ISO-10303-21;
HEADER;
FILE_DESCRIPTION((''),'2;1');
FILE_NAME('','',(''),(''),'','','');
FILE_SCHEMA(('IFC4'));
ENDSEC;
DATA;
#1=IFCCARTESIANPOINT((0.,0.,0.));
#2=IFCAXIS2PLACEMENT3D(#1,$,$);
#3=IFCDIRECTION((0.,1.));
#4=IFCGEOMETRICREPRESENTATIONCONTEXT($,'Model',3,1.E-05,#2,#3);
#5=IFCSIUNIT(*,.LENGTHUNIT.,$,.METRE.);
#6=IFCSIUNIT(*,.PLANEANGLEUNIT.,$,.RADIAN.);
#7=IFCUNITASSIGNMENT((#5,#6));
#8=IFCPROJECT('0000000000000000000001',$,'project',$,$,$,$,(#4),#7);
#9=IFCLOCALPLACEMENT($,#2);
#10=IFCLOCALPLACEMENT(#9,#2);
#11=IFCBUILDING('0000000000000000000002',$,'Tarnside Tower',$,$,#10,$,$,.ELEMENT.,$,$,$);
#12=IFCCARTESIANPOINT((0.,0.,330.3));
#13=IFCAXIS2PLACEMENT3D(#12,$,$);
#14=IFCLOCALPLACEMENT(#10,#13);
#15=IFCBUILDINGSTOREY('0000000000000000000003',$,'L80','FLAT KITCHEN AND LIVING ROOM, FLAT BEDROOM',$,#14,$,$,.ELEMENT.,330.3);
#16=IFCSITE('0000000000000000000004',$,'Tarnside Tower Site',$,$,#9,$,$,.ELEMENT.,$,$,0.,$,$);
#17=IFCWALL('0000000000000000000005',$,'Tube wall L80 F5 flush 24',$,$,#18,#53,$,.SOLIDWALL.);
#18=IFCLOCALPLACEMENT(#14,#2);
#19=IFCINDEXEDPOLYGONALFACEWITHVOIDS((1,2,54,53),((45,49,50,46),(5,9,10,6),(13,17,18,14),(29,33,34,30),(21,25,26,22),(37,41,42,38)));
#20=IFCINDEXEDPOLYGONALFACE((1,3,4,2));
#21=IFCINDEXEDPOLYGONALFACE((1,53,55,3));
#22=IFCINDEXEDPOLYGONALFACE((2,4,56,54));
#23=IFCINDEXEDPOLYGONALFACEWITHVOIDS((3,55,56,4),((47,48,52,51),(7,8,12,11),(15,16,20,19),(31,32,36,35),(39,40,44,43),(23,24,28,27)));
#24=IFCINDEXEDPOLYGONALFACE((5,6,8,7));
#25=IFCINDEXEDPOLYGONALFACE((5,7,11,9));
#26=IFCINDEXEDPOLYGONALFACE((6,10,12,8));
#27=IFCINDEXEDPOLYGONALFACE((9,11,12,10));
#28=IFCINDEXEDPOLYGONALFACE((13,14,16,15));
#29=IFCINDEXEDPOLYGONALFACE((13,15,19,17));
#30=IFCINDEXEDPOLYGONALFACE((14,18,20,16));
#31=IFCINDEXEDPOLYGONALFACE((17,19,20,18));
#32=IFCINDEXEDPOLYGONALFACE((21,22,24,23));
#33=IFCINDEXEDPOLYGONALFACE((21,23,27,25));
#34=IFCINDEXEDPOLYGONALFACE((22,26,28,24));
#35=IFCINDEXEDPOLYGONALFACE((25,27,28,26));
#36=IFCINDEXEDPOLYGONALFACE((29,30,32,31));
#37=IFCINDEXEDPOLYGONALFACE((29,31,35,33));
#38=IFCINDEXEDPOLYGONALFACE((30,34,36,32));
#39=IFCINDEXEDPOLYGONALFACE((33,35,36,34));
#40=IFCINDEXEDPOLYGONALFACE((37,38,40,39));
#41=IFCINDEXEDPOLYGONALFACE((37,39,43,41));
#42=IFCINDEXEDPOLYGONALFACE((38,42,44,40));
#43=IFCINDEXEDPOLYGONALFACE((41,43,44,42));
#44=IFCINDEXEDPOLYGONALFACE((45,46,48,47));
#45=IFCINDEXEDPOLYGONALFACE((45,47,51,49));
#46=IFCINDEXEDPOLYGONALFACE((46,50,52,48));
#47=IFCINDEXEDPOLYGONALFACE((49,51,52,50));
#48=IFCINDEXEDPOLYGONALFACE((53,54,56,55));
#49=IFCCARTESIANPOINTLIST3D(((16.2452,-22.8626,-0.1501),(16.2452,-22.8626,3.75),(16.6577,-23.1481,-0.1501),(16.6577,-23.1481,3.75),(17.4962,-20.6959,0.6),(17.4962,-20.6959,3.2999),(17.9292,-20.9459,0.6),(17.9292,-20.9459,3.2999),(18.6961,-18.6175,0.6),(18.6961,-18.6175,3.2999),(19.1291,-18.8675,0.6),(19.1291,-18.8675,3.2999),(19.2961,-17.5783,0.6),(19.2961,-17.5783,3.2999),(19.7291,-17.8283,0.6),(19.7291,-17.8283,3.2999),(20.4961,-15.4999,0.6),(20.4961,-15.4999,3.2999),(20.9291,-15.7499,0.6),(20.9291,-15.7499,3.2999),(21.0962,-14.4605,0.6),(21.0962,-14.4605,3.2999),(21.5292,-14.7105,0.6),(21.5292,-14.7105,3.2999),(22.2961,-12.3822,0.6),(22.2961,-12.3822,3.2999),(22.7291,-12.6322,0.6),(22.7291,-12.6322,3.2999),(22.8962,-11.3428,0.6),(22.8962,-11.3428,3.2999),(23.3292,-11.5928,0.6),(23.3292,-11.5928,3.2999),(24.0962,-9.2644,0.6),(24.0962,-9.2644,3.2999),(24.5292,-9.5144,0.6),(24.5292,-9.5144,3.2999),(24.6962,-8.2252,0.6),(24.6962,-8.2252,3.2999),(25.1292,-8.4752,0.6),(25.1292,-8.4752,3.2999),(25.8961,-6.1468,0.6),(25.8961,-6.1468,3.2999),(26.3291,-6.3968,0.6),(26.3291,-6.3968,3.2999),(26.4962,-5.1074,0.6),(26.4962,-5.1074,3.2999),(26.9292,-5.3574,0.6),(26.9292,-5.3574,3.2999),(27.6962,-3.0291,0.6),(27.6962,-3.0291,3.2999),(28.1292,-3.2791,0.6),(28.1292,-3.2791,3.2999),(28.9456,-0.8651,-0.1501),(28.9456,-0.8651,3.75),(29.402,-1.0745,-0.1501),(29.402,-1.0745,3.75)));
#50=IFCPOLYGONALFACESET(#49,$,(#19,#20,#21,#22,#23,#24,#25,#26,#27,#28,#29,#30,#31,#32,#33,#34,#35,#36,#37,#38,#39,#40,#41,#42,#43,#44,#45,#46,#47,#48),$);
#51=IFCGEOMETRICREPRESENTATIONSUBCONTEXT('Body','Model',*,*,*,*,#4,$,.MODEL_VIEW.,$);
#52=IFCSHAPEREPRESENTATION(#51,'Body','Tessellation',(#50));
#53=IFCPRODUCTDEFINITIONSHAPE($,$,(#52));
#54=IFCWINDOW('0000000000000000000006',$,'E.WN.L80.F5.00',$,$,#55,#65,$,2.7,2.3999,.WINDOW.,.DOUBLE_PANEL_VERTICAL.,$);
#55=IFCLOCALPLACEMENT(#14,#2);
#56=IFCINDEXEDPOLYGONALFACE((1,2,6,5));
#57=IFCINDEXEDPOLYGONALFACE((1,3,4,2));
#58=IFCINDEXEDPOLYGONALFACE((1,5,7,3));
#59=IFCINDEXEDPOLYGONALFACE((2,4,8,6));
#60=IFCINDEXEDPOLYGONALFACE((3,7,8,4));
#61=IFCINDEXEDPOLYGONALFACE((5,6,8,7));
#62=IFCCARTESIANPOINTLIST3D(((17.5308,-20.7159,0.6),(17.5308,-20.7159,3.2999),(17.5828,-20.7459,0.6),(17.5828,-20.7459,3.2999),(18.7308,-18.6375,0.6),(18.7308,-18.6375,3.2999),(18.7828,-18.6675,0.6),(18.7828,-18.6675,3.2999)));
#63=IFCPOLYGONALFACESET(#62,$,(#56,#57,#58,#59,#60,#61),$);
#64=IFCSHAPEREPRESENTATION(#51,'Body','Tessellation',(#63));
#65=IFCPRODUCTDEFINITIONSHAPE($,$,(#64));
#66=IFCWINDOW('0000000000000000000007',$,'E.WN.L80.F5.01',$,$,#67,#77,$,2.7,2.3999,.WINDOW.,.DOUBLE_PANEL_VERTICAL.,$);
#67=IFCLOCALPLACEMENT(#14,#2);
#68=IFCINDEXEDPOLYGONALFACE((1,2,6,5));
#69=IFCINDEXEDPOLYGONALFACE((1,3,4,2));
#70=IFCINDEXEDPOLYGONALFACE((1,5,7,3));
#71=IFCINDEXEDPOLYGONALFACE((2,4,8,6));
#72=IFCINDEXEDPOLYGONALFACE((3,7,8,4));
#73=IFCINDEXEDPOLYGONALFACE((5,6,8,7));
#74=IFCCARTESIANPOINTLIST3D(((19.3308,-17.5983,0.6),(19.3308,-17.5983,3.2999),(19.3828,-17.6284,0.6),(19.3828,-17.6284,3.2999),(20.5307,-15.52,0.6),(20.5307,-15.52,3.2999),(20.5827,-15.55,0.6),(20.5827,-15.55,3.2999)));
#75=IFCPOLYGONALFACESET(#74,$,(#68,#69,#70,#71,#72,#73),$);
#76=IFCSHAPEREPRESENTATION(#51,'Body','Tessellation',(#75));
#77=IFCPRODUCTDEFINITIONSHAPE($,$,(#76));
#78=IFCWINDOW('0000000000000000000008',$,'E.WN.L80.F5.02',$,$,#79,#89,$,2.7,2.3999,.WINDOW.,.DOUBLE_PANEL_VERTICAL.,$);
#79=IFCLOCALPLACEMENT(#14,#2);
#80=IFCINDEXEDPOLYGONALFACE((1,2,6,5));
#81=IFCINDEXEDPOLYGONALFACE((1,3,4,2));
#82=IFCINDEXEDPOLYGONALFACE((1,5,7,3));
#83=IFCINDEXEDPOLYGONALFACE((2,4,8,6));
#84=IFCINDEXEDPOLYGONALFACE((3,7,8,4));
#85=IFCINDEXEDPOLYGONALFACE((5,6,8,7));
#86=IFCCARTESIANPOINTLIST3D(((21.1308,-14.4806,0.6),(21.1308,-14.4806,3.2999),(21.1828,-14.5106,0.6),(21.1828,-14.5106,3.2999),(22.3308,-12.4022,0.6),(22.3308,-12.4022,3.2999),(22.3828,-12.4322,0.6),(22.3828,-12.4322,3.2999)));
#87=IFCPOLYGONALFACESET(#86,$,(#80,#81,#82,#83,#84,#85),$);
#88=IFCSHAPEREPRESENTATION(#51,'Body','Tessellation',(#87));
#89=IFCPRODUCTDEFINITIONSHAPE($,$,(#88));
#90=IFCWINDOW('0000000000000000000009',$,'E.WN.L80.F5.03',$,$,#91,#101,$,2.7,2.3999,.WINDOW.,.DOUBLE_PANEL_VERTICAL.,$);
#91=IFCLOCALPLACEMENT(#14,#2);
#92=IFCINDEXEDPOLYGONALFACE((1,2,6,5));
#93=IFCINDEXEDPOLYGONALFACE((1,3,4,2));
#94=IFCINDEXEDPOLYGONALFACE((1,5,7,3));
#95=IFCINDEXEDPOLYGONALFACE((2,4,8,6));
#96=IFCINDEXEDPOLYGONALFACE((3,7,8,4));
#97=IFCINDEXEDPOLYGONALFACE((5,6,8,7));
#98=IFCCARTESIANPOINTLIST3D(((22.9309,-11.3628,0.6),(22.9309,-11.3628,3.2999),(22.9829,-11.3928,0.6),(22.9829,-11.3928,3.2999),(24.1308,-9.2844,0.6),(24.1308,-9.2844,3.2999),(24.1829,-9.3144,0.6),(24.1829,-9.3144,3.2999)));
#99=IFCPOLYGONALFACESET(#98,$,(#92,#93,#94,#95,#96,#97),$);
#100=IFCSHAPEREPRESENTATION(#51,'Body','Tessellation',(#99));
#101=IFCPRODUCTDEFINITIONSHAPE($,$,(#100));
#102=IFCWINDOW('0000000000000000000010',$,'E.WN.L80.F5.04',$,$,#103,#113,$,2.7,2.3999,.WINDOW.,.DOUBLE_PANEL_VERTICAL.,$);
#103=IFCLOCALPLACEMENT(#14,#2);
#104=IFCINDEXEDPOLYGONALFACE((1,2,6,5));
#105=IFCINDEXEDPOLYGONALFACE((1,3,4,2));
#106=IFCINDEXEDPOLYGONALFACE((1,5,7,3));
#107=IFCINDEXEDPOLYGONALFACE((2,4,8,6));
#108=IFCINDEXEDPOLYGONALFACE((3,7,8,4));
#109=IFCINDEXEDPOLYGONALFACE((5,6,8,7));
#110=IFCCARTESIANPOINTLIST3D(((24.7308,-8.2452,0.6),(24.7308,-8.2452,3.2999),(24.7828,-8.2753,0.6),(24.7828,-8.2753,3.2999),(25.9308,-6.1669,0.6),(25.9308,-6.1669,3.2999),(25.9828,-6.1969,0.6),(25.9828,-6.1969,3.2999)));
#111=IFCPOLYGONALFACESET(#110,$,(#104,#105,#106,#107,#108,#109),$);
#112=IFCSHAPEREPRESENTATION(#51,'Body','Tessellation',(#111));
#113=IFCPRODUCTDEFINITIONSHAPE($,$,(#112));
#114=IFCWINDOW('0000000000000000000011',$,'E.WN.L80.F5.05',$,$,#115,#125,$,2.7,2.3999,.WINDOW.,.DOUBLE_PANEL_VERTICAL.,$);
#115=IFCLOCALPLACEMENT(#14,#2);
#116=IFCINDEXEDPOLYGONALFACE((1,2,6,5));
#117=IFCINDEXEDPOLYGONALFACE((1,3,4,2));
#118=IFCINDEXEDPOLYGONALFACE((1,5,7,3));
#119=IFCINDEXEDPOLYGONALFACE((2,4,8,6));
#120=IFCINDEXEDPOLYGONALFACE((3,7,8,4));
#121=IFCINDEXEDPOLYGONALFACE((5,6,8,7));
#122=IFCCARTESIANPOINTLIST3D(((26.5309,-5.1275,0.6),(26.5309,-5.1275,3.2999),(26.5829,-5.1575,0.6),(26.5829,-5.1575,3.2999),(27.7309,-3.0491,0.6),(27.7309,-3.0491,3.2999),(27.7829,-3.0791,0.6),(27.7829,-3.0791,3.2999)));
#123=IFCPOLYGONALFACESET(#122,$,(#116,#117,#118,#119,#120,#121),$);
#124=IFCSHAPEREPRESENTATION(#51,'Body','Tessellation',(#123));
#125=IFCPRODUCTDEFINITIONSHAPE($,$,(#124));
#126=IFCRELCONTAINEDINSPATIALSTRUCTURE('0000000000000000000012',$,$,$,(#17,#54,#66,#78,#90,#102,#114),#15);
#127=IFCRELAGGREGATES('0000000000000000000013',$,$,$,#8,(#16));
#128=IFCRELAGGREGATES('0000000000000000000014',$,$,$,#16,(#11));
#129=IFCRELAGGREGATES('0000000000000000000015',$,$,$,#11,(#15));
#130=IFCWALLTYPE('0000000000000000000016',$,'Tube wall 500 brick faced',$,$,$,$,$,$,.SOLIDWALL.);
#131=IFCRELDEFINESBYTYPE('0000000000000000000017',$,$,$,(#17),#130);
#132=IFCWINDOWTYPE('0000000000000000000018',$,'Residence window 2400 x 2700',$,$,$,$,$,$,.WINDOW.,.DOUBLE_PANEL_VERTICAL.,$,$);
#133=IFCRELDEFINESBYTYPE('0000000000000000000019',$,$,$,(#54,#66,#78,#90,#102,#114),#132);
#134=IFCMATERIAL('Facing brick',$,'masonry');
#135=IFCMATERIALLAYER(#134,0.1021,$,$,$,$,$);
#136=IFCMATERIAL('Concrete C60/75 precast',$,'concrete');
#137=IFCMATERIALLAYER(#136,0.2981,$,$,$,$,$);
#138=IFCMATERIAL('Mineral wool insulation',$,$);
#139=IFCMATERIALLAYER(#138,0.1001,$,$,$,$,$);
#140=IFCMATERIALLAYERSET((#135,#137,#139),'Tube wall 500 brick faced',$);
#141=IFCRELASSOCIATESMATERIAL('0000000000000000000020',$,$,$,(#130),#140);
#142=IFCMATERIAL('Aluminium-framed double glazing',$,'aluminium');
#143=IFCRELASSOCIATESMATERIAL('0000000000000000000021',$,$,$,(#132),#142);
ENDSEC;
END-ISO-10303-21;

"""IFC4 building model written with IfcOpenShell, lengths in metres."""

from ifc_helpers import new_model, si_unit, direction, frame, frame_2d, origin, place, context, subcontext, project, spatial, polyline, rectangle, outline, extrude, material, layer, layer_set, type_object, element, fill, save


model = new_model("IFC4")

# Units and contexts
model_context = context("Model", 3, precision=1e-05, world=origin(), true_north=direction((0.0, 1.0)))
body_context = subcontext(model_context, "Body", "Model", "MODEL_VIEW")
ifc_project = project(units=[si_unit("LENGTHUNIT", "METRE"), si_unit("PLANEANGLEUNIT", "RADIAN")], contexts=[model_context])

# Site, building, storey
site_placement = place(None, origin())
site = spatial("IfcSite", under=ifc_project, at=site_placement, Name="Tarnside Tower Site", CompositionType="ELEMENT", RefElevation=0.0)
building_placement = place(site_placement, origin())
building = spatial("IfcBuilding", under=site, at=building_placement, Name="Tarnside Tower", CompositionType="ELEMENT")
storey_placement = place(building_placement, frame((0.0, 0.0, 330.3)))
storey = spatial("IfcBuildingStorey", under=building, at=storey_placement, Name="L80", Description="FLAT KITCHEN AND LIVING ROOM, FLAT BEDROOM", CompositionType="ELEMENT", Elevation=330.3)

# Shared definitions
ifc_material_1 = material(Name="Facing brick", Category="masonry")
ifc_layer_1 = layer(ifc_material_1, 0.1021)
ifc_material_2 = material(Name="Concrete C60/75 precast", Category="concrete")
ifc_layer_2 = layer(ifc_material_2, 0.2981)
ifc_material_3 = material(Name="Mineral wool insulation")
ifc_layer_3 = layer(ifc_material_3, 0.1001)
ifc_layer_set_1 = layer_set([ifc_layer_1, ifc_layer_2, ifc_layer_3], Name="Tube wall 500 brick faced")
wall_type_1 = type_object("IfcWallType", Name="Tube wall 500 brick faced", PredefinedType="SOLIDWALL", material=ifc_layer_set_1)

# Wall, openings, windows
wall_1_placement = place(storey_placement, frame((16.4514, -23.0054, -0.1501), z_axis=(0.0, 0.0, 1.0), x_axis=(0.500004, 0.866023, 0.0)))
wall_1 = element("IfcWall", 1, at=wall_1_placement, inside=storey, type_object=wall_type_1, Name="Tube wall L80 F5 flush 24", PredefinedType="SOLIDWALL", context=body_context, shape_type="SweptSolid", body=[
    extrude(outline(polyline([(-0.0205, -0.25), (25.468, -0.25), (25.4211, 0.25), (0.0205, 0.25), (-0.0205, -0.25)])), origin(), (0.0, 0.0, 1.0), 3.9001),
])
opening_1_placement = place(wall_1_placement, frame((2.5225, 0.0, 0.75)))
opening_1 = element("IfcOpeningElement", 2, at=opening_1_placement, cuts=wall_1, PredefinedType="OPENING", context=body_context, shape_type="SweptSolid", body=[
    extrude(rectangle(XDim=2.3999, YDim=2.7, at=frame_2d((1.2, 1.3501))), frame((0.0, 0.26, 0.0), z_axis=(0.0, -1.0, 0.0), x_axis=(1.0, 0.0, 0.0)), (0.0, 0.0, 1.0), 0.52),
])
opening_2_placement = place(wall_1_placement, frame((6.1223, 0.0, 0.75)))
opening_2 = element("IfcOpeningElement", 3, at=opening_2_placement, cuts=wall_1, PredefinedType="OPENING", context=body_context, shape_type="SweptSolid", body=[
    extrude(rectangle(XDim=2.3999, YDim=2.7, at=frame_2d((1.2, 1.3501))), frame((0.0, 0.26, 0.0), z_axis=(0.0, -1.0, 0.0), x_axis=(1.0, 0.0, 0.0)), (0.0, 0.0, 1.0), 0.52),
])
opening_3_placement = place(wall_1_placement, frame((9.7224, 0.0, 0.75)))
opening_3 = element("IfcOpeningElement", 4, at=opening_3_placement, cuts=wall_1, PredefinedType="OPENING", context=body_context, shape_type="SweptSolid", body=[
    extrude(rectangle(XDim=2.3999, YDim=2.7, at=frame_2d((1.2, 1.3501))), frame((0.0, 0.26, 0.0), z_axis=(0.0, -1.0, 0.0), x_axis=(1.0, 0.0, 0.0)), (0.0, 0.0, 1.0), 0.52),
])
opening_4_placement = place(wall_1_placement, frame((13.3225, 0.0, 0.75)))
opening_4 = element("IfcOpeningElement", 5, at=opening_4_placement, cuts=wall_1, PredefinedType="OPENING", context=body_context, shape_type="SweptSolid", body=[
    extrude(rectangle(XDim=2.3999, YDim=2.7, at=frame_2d((1.2, 1.3501))), frame((0.0, 0.26, 0.0), z_axis=(0.0, -1.0, 0.0), x_axis=(1.0, 0.0, 0.0)), (0.0, 0.0, 1.0), 0.52),
])
opening_5_placement = place(wall_1_placement, frame((16.9224, 0.0, 0.75)))
opening_5 = element("IfcOpeningElement", 6, at=opening_5_placement, cuts=wall_1, PredefinedType="OPENING", context=body_context, shape_type="SweptSolid", body=[
    extrude(rectangle(XDim=2.3999, YDim=2.7, at=frame_2d((1.2, 1.3501))), frame((0.0, 0.26, 0.0), z_axis=(0.0, -1.0, 0.0), x_axis=(1.0, 0.0, 0.0)), (0.0, 0.0, 1.0), 0.52),
])
opening_6_placement = place(wall_1_placement, frame((20.5225, 0.0, 0.75)))
opening_6 = element("IfcOpeningElement", 7, at=opening_6_placement, cuts=wall_1, PredefinedType="OPENING", context=body_context, shape_type="SweptSolid", body=[
    extrude(rectangle(XDim=2.3999, YDim=2.7, at=frame_2d((1.2, 1.3501))), frame((0.0, 0.26, 0.0), z_axis=(0.0, -1.0, 0.0), x_axis=(1.0, 0.0, 0.0)), (0.0, 0.0, 1.0), 0.52),
])
ifc_material_4 = material(Name="Aluminium-framed double glazing", Category="aluminium")
window_type = type_object("IfcWindowType", Name="Residence window 2400 x 2700", PartitioningType="DOUBLE_PANEL_VERTICAL", PredefinedType="WINDOW", material=ifc_material_4)
window_1_placement = place(opening_1_placement, frame((0.0, 0.1799, 0.0)))
window_1 = element("IfcWindow", 8, at=window_1_placement, inside=storey, type_object=window_type, Name="E.WN.L80.F5.00", OverallHeight=2.7, OverallWidth=2.3999, PartitioningType="DOUBLE_PANEL_VERTICAL", PredefinedType="WINDOW", context=body_context, shape_type="SweptSolid", body=[
    extrude(rectangle(XDim=2.3999, YDim=2.7, at=frame_2d((1.2, 1.3501))), frame((0.0, 0.03, 0.0), z_axis=(0.0, -1.0, 0.0), x_axis=(1.0, 0.0, 0.0)), (0.0, 0.0, 1.0), 0.0601),
])
fill(opening_1, window_1)
window_2_placement = place(opening_2_placement, frame((0.0, 0.1799, 0.0)))
window_2 = element("IfcWindow", 9, at=window_2_placement, inside=storey, type_object=window_type, Name="E.WN.L80.F5.01", OverallHeight=2.7, OverallWidth=2.3999, PartitioningType="DOUBLE_PANEL_VERTICAL", PredefinedType="WINDOW", context=body_context, shape_type="SweptSolid", body=[
    extrude(rectangle(XDim=2.3999, YDim=2.7, at=frame_2d((1.2, 1.3501))), frame((0.0, 0.03, 0.0), z_axis=(0.0, -1.0, 0.0), x_axis=(1.0, 0.0, 0.0)), (0.0, 0.0, 1.0), 0.0601),
])
fill(opening_2, window_2)
window_3_placement = place(opening_3_placement, frame((0.0, 0.1799, 0.0)))
window_3 = element("IfcWindow", 10, at=window_3_placement, inside=storey, type_object=window_type, Name="E.WN.L80.F5.02", OverallHeight=2.7, OverallWidth=2.3999, PartitioningType="DOUBLE_PANEL_VERTICAL", PredefinedType="WINDOW", context=body_context, shape_type="SweptSolid", body=[
    extrude(rectangle(XDim=2.3999, YDim=2.7, at=frame_2d((1.2, 1.3501))), frame((0.0, 0.03, 0.0), z_axis=(0.0, -1.0, 0.0), x_axis=(1.0, 0.0, 0.0)), (0.0, 0.0, 1.0), 0.0601),
])
fill(opening_3, window_3)
window_4_placement = place(opening_4_placement, frame((0.0, 0.1799, 0.0)))
window_4 = element("IfcWindow", 11, at=window_4_placement, inside=storey, type_object=window_type, Name="E.WN.L80.F5.03", OverallHeight=2.7, OverallWidth=2.3999, PartitioningType="DOUBLE_PANEL_VERTICAL", PredefinedType="WINDOW", context=body_context, shape_type="SweptSolid", body=[
    extrude(rectangle(XDim=2.3999, YDim=2.7, at=frame_2d((1.2, 1.3501))), frame((0.0, 0.03, 0.0), z_axis=(0.0, -1.0, 0.0), x_axis=(1.0, 0.0, 0.0)), (0.0, 0.0, 1.0), 0.0601),
])
fill(opening_4, window_4)
window_5_placement = place(opening_5_placement, frame((0.0, 0.1799, 0.0)))
window_5 = element("IfcWindow", 12, at=window_5_placement, inside=storey, type_object=window_type, Name="E.WN.L80.F5.04", OverallHeight=2.7, OverallWidth=2.3999, PartitioningType="DOUBLE_PANEL_VERTICAL", PredefinedType="WINDOW", context=body_context, shape_type="SweptSolid", body=[
    extrude(rectangle(XDim=2.3999, YDim=2.7, at=frame_2d((1.2, 1.3501))), frame((0.0, 0.03, 0.0), z_axis=(0.0, -1.0, 0.0), x_axis=(1.0, 0.0, 0.0)), (0.0, 0.0, 1.0), 0.0601),
])
fill(opening_5, window_5)
window_6_placement = place(opening_6_placement, frame((0.0, 0.1799, 0.0)))
window_6 = element("IfcWindow", 13, at=window_6_placement, inside=storey, type_object=window_type, Name="E.WN.L80.F5.05", OverallHeight=2.7, OverallWidth=2.3999, PartitioningType="DOUBLE_PANEL_VERTICAL", PredefinedType="WINDOW", context=body_context, shape_type="SweptSolid", body=[
    extrude(rectangle(XDim=2.3999, YDim=2.7, at=frame_2d((1.2, 1.3501))), frame((0.0, 0.03, 0.0), z_axis=(0.0, -1.0, 0.0), x_axis=(1.0, 0.0, 0.0)), (0.0, 0.0, 1.0), 0.0601),
])
fill(opening_6, window_6)

save(model, "model.ifc")
